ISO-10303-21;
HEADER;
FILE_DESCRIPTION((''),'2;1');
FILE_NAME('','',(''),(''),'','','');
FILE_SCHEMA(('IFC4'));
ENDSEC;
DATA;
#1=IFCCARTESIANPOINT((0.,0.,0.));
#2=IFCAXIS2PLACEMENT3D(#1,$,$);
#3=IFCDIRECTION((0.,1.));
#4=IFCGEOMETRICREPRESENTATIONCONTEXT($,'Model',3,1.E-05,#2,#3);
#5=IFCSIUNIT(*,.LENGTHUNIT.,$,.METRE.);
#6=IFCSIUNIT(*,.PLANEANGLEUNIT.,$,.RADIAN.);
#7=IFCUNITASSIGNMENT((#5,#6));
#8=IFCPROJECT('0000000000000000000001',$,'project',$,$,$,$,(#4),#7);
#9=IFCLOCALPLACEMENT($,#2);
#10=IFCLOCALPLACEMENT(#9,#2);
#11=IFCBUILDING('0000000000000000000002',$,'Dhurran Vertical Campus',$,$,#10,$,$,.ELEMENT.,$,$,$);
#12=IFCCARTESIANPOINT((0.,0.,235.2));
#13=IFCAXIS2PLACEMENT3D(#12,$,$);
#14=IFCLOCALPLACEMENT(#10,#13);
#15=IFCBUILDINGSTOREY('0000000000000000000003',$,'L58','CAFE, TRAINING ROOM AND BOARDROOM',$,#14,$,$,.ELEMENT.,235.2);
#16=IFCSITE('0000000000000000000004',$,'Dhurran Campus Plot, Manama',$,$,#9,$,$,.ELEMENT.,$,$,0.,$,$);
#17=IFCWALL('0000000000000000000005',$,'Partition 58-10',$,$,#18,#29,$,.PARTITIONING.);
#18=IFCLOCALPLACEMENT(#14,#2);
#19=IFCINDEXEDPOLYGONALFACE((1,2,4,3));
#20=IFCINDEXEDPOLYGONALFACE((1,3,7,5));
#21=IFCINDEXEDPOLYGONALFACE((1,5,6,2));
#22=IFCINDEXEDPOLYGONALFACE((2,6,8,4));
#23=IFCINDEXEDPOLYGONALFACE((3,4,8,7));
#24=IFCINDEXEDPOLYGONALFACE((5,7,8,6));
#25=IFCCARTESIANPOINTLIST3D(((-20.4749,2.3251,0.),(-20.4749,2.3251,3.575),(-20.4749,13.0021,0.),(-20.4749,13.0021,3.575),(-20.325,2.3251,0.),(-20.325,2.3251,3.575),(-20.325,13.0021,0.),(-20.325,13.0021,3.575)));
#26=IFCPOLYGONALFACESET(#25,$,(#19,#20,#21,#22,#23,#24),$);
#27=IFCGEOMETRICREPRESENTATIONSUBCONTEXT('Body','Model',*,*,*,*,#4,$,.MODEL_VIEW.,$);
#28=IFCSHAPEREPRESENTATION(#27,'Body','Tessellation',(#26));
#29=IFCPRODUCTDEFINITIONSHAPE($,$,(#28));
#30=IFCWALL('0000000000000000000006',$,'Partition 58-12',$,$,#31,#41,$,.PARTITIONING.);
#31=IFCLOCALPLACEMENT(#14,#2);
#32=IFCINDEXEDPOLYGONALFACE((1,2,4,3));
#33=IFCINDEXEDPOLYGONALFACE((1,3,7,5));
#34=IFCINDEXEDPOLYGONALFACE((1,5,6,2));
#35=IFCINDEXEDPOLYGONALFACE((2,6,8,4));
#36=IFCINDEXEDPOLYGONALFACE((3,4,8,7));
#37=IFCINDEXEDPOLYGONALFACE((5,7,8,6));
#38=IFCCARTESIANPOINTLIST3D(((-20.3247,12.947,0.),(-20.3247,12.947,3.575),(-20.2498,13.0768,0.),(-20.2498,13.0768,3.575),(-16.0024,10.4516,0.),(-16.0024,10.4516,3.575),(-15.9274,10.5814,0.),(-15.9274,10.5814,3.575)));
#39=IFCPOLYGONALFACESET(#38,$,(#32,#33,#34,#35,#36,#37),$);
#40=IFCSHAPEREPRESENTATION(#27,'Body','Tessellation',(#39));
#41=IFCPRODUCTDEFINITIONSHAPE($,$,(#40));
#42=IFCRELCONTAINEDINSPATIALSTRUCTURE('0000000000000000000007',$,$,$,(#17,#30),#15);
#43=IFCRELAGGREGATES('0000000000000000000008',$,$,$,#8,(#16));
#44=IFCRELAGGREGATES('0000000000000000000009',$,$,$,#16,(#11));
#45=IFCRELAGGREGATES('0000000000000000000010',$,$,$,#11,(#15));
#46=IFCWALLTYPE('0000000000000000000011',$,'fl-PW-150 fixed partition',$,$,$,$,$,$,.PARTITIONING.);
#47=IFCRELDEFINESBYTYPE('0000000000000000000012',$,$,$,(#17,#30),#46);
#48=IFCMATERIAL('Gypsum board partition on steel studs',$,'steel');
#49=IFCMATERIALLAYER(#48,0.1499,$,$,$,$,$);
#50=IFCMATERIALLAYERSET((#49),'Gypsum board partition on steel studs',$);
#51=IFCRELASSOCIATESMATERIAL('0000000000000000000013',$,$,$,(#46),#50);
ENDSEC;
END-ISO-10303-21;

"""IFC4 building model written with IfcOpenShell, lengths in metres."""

from ifc_helpers import new_model, si_unit, direction, frame, frame_2d, origin, place, context, subcontext, project, spatial, rectangle, extrude, material, layer, layer_set, type_object, element, save


model = new_model("IFC4")

# Units and contexts
model_context = context("Model", 3, precision=1e-05, world=origin(), true_north=direction((0.0, 1.0)))
body_context = subcontext(model_context, "Body", "Model", "MODEL_VIEW")
ifc_project = project(units=[si_unit("LENGTHUNIT", "METRE"), si_unit("PLANEANGLEUNIT", "RADIAN")], contexts=[model_context])

# Site, building, storey
site_placement = place(None, origin())
site = spatial("IfcSite", under=ifc_project, at=site_placement, Name="Dhurran Campus Plot, Manama", CompositionType="ELEMENT", RefElevation=0.0)
building_placement = place(site_placement, origin())
building = spatial("IfcBuilding", under=site, at=building_placement, Name="Dhurran Vertical Campus", CompositionType="ELEMENT")
storey_placement = place(building_placement, frame((0.0, 0.0, 235.2)))
storey = spatial("IfcBuildingStorey", under=building, at=storey_placement, Name="L58", Description="CAFE, TRAINING ROOM AND BOARDROOM", CompositionType="ELEMENT", Elevation=235.2)

# Walls
ifc_material_1 = material(Name="Gypsum board partition on steel studs", Category="steel")
ifc_layer_1 = layer(ifc_material_1, 0.1499)
ifc_layer_set_1 = layer_set([ifc_layer_1], Name="Gypsum board partition on steel studs")
wall_type_1 = type_object("IfcWallType", Name="fl-PW-150 fixed partition", PredefinedType="PARTITIONING", material=ifc_layer_set_1)
wall_1_placement = place(storey_placement, frame((-20.3999, 13.002, 0.0), z_axis=(0.0, 0.0, 1.0), x_axis=(0.0, -1.0, 0.0)))
element("IfcWall", 1, at=wall_1_placement, inside=storey, type_object=wall_type_1, Name="Partition 58-10", PredefinedType="PARTITIONING", context=body_context, shape_type="SweptSolid", body=[
    extrude(rectangle(XDim=10.677, YDim=0.1499, at=frame_2d((5.3384, 0.0))), origin(), (0.0, 0.0, 1.0), 3.575),
])
wall_2_placement = place(storey_placement, frame((-20.2874, 13.012, 0.0), z_axis=(0.0, 0.0, 1.0), x_axis=(0.866034, -0.499985, 0.0)))
element("IfcWall", 2, at=wall_2_placement, inside=storey, type_object=wall_type_1, Name="Partition 58-12", PredefinedType="PARTITIONING", context=body_context, shape_type="SweptSolid", body=[
    extrude(rectangle(XDim=4.991, YDim=0.1499, at=frame_2d((2.4956, 0.0))), origin(), (0.0, 0.0, 1.0), 3.575),
])

save(model, "model.ifc")
